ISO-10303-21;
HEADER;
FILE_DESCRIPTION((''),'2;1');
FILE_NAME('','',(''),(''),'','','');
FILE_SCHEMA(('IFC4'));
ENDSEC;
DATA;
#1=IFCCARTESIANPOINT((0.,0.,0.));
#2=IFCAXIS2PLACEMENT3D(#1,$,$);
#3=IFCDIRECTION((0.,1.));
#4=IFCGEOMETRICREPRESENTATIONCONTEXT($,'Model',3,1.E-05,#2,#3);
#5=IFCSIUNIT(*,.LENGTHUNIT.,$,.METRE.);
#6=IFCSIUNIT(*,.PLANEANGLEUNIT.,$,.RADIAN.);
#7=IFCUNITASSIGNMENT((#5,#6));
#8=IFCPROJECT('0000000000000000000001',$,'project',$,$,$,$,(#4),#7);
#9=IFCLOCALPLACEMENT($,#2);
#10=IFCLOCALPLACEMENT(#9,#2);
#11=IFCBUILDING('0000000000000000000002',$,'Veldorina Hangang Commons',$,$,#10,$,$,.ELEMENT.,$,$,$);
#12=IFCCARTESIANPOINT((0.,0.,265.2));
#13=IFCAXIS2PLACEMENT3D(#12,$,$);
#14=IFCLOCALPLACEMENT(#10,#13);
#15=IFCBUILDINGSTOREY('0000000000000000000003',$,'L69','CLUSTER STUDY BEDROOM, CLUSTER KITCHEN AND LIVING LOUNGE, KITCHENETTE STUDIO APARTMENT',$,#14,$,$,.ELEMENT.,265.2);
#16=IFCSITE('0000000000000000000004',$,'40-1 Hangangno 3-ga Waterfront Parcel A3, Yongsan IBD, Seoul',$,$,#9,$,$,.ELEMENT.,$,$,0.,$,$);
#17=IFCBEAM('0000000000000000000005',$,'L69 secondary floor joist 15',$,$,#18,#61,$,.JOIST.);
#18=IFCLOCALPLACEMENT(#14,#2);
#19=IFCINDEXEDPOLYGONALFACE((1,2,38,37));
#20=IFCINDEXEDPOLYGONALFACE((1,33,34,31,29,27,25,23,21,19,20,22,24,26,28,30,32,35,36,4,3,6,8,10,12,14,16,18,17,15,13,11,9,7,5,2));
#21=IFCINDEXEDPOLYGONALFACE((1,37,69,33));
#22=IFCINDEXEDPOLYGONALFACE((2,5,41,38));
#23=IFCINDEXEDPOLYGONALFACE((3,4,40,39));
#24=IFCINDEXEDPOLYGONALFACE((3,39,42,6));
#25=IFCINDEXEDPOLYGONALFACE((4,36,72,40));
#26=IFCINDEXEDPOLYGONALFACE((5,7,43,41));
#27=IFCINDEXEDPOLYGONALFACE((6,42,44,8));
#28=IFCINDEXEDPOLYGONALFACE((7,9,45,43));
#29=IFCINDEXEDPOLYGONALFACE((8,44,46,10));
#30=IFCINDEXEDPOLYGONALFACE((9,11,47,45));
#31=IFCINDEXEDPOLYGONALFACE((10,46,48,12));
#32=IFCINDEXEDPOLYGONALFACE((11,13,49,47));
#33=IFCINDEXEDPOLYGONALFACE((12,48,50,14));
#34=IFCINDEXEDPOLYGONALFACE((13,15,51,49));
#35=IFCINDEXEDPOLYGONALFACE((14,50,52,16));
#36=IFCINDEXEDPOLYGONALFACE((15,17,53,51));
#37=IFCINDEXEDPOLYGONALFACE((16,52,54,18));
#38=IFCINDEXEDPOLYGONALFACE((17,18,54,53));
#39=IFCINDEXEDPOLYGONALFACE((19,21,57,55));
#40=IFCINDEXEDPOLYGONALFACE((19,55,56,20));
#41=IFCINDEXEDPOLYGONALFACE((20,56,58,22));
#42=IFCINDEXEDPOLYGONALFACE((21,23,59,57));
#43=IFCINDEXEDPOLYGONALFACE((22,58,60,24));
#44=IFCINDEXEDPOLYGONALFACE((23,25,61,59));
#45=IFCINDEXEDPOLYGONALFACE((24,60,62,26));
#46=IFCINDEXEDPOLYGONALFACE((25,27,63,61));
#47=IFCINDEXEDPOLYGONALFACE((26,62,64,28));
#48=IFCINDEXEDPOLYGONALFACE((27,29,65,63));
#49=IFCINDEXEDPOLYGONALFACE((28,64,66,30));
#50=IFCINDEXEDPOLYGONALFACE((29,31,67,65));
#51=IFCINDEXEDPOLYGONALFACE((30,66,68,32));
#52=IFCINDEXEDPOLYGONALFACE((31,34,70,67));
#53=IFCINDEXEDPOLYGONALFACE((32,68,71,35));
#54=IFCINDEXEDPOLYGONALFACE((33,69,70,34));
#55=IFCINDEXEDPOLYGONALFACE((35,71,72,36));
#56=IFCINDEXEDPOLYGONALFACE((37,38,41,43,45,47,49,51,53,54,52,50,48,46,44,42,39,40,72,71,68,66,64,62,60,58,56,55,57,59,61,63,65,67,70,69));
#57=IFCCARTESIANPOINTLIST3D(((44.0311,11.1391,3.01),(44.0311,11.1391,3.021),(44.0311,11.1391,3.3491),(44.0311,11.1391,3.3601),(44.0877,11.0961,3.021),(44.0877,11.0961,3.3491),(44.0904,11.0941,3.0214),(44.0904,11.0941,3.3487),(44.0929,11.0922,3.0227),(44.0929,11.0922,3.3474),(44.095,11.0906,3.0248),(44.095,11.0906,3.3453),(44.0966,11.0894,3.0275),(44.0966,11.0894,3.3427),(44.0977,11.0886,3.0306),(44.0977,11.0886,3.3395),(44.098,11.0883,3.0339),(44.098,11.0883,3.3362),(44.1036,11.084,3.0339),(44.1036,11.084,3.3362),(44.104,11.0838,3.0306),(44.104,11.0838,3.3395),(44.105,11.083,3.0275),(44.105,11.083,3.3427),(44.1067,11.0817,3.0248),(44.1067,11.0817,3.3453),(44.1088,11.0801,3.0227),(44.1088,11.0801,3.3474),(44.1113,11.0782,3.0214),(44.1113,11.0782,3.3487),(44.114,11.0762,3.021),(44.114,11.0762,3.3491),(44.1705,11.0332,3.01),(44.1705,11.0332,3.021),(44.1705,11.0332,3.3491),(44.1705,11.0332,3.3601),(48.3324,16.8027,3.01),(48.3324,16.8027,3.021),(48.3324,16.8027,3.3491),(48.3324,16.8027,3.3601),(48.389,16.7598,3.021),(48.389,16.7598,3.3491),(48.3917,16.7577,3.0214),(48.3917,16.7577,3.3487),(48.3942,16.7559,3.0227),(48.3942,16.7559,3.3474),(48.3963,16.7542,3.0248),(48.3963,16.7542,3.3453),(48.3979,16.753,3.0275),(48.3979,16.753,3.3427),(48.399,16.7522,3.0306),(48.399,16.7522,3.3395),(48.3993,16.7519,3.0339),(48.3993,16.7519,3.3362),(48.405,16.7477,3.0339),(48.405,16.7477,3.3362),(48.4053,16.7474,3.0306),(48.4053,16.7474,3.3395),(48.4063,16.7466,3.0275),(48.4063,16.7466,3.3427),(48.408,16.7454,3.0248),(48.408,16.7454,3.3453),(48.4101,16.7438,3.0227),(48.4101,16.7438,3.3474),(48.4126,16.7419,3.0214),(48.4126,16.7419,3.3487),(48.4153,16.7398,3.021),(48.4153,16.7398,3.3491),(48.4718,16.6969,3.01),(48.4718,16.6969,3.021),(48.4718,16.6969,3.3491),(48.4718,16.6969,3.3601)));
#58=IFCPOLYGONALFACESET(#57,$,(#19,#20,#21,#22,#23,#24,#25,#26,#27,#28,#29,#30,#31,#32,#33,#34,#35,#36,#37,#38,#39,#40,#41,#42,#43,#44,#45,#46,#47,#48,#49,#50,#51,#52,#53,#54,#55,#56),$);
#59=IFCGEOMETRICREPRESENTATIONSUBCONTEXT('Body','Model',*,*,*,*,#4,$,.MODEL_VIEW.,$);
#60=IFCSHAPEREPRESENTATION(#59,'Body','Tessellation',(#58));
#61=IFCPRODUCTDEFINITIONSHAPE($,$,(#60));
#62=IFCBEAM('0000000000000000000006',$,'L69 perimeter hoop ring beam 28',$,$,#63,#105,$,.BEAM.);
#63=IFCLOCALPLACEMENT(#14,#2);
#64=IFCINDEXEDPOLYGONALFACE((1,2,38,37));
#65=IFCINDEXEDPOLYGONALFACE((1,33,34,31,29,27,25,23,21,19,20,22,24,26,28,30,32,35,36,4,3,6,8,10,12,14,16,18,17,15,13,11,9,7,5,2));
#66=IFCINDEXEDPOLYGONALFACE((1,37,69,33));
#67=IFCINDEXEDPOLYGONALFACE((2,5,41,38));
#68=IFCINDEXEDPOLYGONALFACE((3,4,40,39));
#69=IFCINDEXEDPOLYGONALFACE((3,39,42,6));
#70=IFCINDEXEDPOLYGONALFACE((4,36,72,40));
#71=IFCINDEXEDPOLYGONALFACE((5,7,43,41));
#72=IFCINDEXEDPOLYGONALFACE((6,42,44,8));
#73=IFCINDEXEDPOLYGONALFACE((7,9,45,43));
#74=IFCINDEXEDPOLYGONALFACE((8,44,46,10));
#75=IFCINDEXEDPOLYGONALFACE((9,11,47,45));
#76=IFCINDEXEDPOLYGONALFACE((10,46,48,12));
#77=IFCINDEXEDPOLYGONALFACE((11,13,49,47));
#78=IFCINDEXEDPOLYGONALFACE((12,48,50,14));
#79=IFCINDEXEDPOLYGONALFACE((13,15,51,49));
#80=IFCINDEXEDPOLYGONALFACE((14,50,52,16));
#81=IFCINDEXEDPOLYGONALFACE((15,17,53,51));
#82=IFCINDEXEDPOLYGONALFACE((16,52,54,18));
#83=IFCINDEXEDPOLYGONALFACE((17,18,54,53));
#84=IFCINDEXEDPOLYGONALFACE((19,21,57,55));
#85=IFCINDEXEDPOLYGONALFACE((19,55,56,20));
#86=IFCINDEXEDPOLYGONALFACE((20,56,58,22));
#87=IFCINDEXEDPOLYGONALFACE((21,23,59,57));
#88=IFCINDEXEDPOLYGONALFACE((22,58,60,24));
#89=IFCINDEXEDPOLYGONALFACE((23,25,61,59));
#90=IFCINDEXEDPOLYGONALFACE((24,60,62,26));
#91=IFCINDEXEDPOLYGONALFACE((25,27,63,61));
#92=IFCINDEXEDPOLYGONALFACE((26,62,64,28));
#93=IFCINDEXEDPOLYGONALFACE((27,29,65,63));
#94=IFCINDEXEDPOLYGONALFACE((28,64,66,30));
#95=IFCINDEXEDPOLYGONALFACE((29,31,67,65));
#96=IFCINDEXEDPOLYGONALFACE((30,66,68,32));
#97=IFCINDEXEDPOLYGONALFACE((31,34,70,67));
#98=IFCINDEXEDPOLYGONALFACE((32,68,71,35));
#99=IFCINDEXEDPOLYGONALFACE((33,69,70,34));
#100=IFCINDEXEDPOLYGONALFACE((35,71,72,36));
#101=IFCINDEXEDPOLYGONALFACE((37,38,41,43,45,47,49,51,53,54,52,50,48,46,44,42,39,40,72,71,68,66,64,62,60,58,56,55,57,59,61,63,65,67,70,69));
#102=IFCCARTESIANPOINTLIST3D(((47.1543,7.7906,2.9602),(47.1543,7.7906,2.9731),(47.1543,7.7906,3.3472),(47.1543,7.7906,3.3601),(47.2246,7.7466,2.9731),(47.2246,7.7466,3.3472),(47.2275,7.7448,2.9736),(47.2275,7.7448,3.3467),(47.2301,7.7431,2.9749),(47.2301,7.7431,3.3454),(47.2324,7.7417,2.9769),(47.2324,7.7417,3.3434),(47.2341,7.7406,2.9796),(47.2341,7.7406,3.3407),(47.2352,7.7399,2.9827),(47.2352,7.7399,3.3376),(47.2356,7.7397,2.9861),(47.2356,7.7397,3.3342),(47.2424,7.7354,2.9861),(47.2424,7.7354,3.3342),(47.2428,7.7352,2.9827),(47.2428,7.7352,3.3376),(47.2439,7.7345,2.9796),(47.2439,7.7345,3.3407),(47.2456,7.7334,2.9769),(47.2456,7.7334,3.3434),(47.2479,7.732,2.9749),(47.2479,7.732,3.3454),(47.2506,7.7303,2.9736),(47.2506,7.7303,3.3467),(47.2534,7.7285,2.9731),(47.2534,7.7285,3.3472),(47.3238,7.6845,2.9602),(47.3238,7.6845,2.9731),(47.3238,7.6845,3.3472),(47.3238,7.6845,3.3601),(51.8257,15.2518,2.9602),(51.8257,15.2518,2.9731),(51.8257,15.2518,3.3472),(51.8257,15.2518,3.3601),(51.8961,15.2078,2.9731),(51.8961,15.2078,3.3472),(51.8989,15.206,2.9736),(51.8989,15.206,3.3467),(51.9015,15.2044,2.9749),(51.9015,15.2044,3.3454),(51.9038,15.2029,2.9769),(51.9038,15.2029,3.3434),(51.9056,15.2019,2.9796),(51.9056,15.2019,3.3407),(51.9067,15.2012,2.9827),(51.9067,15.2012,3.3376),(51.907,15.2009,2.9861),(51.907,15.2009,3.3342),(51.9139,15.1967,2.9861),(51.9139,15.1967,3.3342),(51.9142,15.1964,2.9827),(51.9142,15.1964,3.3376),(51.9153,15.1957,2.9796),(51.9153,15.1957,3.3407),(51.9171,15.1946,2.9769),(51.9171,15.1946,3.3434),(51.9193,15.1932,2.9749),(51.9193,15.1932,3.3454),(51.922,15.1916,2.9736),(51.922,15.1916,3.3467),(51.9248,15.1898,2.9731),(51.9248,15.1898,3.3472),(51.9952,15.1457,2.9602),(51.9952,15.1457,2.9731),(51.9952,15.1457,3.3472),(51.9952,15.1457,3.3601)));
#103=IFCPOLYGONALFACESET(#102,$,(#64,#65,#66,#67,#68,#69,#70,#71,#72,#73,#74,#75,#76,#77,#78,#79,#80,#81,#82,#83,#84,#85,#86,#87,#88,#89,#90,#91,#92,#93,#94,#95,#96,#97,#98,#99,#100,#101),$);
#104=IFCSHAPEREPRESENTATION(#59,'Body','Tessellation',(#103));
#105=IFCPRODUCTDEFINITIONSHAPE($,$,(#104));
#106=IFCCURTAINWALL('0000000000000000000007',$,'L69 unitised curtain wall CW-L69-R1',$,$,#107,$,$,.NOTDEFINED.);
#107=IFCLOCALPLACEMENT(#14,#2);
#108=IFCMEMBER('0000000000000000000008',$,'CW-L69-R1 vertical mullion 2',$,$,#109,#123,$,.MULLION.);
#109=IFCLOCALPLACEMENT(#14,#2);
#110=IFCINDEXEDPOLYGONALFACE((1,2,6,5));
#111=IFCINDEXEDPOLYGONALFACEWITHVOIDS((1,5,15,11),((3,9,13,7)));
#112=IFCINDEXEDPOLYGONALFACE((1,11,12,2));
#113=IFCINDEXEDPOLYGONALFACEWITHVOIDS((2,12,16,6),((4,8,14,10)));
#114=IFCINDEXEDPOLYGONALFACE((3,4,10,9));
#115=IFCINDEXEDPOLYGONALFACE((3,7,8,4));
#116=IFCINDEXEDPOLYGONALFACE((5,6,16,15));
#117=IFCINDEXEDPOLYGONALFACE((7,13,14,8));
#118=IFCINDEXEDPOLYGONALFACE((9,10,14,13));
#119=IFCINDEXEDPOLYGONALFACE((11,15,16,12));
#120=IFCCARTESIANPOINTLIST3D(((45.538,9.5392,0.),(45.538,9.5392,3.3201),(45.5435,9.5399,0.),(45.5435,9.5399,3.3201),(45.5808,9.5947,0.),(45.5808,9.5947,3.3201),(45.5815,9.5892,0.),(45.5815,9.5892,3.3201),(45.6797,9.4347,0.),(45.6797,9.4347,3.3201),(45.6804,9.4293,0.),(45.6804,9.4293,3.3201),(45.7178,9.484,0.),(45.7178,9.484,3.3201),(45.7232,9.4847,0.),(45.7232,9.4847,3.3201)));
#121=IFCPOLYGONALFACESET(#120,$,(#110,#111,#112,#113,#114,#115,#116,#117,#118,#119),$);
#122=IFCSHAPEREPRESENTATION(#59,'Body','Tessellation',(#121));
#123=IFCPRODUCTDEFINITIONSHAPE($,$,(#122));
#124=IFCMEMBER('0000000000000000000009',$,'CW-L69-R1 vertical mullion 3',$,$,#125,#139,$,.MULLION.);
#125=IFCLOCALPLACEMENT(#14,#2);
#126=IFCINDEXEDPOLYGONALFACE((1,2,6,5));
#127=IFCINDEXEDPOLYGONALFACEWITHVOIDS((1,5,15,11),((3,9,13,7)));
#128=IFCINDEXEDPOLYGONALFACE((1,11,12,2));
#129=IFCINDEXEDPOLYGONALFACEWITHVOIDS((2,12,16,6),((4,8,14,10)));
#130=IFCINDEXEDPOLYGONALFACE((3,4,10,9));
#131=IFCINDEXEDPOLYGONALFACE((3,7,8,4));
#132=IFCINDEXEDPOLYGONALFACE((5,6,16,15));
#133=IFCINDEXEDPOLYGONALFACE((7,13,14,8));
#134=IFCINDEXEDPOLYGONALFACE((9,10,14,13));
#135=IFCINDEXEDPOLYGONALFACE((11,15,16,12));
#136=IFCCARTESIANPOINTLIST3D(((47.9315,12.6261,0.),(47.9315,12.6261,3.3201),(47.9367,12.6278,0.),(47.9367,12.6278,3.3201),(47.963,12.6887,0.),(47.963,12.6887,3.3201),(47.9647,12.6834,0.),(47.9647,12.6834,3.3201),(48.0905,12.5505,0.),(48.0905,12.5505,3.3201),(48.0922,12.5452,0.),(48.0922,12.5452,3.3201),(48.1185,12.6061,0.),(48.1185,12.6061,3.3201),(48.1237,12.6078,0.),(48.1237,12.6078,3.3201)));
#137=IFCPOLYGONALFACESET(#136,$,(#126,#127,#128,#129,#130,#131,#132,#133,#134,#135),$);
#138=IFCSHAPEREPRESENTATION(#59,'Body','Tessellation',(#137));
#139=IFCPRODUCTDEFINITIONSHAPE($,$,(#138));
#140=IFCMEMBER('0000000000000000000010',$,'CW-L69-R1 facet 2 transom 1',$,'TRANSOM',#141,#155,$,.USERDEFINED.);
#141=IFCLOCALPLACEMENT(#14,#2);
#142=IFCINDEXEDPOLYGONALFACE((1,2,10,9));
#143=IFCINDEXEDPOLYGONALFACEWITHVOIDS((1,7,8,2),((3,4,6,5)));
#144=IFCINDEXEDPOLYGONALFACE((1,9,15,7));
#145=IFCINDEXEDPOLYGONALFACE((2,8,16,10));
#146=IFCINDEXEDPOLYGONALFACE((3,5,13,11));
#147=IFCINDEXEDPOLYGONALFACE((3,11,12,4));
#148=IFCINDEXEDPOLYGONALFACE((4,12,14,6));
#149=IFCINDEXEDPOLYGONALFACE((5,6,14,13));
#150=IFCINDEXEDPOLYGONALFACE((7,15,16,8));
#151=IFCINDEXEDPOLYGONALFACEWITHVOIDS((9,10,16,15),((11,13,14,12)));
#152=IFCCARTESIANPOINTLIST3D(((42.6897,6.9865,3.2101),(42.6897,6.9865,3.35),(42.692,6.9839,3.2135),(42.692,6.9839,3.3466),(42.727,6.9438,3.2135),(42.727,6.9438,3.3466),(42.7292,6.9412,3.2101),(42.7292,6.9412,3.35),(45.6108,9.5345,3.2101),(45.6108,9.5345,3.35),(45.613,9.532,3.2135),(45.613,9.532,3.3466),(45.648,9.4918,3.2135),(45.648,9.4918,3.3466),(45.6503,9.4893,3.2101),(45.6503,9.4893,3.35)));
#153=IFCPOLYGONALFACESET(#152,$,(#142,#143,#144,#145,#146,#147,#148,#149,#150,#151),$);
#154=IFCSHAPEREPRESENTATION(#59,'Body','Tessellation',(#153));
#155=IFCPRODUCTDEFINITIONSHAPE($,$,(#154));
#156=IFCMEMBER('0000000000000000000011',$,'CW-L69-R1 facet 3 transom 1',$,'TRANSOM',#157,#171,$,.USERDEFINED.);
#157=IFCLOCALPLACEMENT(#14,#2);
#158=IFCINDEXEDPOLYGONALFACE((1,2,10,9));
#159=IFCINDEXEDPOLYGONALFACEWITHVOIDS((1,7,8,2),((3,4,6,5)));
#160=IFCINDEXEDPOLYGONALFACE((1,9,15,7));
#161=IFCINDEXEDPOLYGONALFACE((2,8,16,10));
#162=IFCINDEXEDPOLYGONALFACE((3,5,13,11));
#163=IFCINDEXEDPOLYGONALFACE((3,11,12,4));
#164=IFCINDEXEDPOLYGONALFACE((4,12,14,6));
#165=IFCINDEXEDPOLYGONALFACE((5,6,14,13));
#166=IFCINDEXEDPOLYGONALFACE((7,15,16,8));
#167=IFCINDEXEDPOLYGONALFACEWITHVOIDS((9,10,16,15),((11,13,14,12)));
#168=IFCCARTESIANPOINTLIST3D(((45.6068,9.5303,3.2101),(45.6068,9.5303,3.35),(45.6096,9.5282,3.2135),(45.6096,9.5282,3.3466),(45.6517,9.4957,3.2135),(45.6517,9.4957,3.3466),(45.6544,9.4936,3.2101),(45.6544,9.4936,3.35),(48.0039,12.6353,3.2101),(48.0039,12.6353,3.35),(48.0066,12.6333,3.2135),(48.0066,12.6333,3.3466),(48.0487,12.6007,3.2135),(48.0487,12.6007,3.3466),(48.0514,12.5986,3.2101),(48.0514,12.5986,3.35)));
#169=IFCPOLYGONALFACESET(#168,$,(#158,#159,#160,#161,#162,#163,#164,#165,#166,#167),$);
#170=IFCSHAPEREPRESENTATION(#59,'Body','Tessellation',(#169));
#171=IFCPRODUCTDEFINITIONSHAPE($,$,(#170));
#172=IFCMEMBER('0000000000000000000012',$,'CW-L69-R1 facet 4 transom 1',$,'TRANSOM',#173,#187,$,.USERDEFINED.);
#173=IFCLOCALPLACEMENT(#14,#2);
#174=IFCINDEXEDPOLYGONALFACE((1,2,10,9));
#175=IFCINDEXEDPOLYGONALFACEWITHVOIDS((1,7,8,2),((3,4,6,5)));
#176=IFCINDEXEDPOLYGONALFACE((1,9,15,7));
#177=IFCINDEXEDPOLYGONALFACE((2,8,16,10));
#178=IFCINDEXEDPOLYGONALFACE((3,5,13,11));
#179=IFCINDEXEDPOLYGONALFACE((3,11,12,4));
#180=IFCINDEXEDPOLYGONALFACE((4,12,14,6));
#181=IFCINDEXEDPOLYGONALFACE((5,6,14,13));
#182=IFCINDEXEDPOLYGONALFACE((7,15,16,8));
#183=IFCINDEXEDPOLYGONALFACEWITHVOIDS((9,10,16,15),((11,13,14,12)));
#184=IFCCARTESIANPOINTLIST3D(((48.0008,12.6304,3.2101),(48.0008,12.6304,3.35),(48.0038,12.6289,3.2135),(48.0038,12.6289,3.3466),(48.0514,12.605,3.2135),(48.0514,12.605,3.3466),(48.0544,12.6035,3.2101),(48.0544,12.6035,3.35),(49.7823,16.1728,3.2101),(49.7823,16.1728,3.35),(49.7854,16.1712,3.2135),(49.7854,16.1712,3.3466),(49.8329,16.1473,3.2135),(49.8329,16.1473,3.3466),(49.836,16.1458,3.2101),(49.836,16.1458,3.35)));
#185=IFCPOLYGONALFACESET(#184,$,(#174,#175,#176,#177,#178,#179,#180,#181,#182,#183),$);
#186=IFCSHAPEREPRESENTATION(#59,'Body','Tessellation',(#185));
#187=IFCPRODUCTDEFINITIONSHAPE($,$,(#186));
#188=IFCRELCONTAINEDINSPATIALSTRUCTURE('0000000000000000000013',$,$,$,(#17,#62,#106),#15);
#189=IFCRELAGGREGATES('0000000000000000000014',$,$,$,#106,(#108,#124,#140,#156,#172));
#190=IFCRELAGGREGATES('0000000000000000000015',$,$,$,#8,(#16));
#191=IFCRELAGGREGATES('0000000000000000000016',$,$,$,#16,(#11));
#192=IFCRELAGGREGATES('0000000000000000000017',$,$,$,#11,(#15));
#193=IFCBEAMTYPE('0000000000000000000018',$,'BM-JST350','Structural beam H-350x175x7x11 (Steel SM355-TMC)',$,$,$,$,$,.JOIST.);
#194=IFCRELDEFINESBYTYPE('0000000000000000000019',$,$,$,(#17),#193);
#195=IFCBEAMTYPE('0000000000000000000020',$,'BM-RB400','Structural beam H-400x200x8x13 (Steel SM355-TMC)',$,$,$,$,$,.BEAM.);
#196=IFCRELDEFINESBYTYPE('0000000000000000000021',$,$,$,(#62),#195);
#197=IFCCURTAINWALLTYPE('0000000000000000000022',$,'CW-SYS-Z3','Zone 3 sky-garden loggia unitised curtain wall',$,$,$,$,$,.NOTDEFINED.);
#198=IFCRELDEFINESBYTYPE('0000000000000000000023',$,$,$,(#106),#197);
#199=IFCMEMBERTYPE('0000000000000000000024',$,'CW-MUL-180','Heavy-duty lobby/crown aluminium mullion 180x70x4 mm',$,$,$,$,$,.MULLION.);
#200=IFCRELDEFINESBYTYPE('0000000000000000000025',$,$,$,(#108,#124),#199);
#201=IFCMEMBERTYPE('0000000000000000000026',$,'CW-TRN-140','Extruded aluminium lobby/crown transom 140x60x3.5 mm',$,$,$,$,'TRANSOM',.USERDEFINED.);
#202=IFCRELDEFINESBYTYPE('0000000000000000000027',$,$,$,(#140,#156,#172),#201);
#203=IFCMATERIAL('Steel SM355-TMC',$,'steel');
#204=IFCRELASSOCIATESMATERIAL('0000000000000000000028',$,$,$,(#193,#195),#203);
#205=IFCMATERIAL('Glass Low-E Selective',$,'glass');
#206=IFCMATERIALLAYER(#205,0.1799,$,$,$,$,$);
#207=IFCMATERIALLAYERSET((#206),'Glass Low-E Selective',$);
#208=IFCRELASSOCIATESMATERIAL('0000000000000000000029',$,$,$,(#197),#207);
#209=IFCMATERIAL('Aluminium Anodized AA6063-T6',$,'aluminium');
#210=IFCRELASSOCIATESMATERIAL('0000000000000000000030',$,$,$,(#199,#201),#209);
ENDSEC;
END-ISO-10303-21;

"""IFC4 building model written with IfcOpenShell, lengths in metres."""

from ifc_helpers import new_model, si_unit, direction, frame, origin, origin_2d, place, context, subcontext, project, spatial, hollow_rectangle, i_section, extrude, material, layer, layer_set, material_profile, profile_set, type_object, element, aggregate, save


model = new_model("IFC4")

# Units and contexts
model_context = context("Model", 3, precision=1e-05, world=origin(), true_north=direction((0.0, 1.0)))
body_context = subcontext(model_context, "Body", "Model", "MODEL_VIEW")
ifc_project = project(units=[si_unit("LENGTHUNIT", "METRE"), si_unit("PLANEANGLEUNIT", "RADIAN")], contexts=[model_context])

# Site, building, storey
site_placement = place(None, origin())
site = spatial("IfcSite", under=ifc_project, at=site_placement, Name="40-1 Hangangno 3-ga Waterfront Parcel A3, Yongsan IBD, Seoul", CompositionType="ELEMENT", RefElevation=0.0)
building_placement = place(site_placement, origin())
building = spatial("IfcBuilding", under=site, at=building_placement, Name="Veldorina Hangang Commons", CompositionType="ELEMENT")
storey_placement = place(building_placement, frame((0.0, 0.0, 265.2)))
storey = spatial("IfcBuildingStorey", under=building, at=storey_placement, Name="L69", Description="CLUSTER STUDY BEDROOM, CLUSTER KITCHEN AND LIVING LOUNGE, KITCHENETTE STUDIO APARTMENT", CompositionType="ELEMENT", Elevation=265.2)

# Beams
ifc_material_1 = material(Name="Steel SM355-TMC", Category="steel")
ifc_material_profile_1 = material_profile(ifc_material_1, i_section(OverallWidth=0.175, OverallDepth=0.3501, WebThickness=0.0071, FlangeThickness=0.011, FilletRadius=0.0129, at=origin_2d()), Name="H-350x175x7x11")
ifc_profile_set_1 = profile_set([ifc_material_profile_1], Name="Steel SM355-TMC")
beam_type_1 = type_object("IfcBeamType", Name="BM-JST350", Description="Structural beam H-350x175x7x11 (Steel SM355-TMC)", PredefinedType="JOIST", material=ifc_profile_set_1)
beam_1_placement = place(storey_placement, frame((44.1008, 11.0862, 3.1851), z_axis=(0.604812, 0.796369, 0.0), x_axis=(-0.796369, 0.604812, 0.0)))
element("IfcBeam", 1, at=beam_1_placement, inside=storey, type_object=beam_type_1, Name="L69 secondary floor joist 15", PredefinedType="JOIST", context=body_context, shape_type="SweptSolid", body=[
    extrude(i_section(OverallWidth=0.175, OverallDepth=0.3501, WebThickness=0.0071, FlangeThickness=0.011, FilletRadius=0.0129, at=origin_2d()), origin(), (0.0, 0.0, 1.0), 7.1118),
])
ifc_material_profile_2 = material_profile(ifc_material_1, i_section(OverallWidth=0.2, OverallDepth=0.3999, WebThickness=0.0081, FlangeThickness=0.0129, FilletRadius=0.0129, at=origin_2d()), Name="H-400x200x8x13")
ifc_profile_set_2 = profile_set([ifc_material_profile_2], Name="Steel SM355-TMC")
beam_type_2 = type_object("IfcBeamType", Name="BM-RB400", Description="Structural beam H-400x200x8x13 (Steel SM355-TMC)", PredefinedType="BEAM", material=ifc_profile_set_2)
beam_2_placement = place(storey_placement, frame((47.239, 7.7375, 3.1602), z_axis=(0.530664, 0.847582, 0.0), x_axis=(-0.847582, 0.530664, 0.0)))
element("IfcBeam", 2, at=beam_2_placement, inside=storey, type_object=beam_type_2, Name="L69 perimeter hoop ring beam 28", PredefinedType="BEAM", context=body_context, shape_type="SweptSolid", body=[
    extrude(i_section(OverallWidth=0.2, OverallDepth=0.3999, WebThickness=0.0081, FlangeThickness=0.0129, FilletRadius=0.0129, at=origin_2d()), origin(), (0.0, 0.0, 1.0), 8.803),
])

# Curtain wall, members
ifc_material_2 = material(Name="Glass Low-E Selective", Category="glass")
ifc_layer_1 = layer(ifc_material_2, 0.1799)
ifc_layer_set_1 = layer_set([ifc_layer_1], Name="Glass Low-E Selective")
curtain_wall_type = type_object("IfcCurtainWallType", Name="CW-SYS-Z3", Description="Zone 3 sky-garden loggia unitised curtain wall", PredefinedType="NOTDEFINED", material=ifc_layer_set_1)
curtain_wall_placement = place(storey_placement, origin())
curtain_wall = element("IfcCurtainWall", 3, at=curtain_wall_placement, inside=storey, type_object=curtain_wall_type, Name="L69 unitised curtain wall CW-L69-R1", PredefinedType="NOTDEFINED")
ifc_material_3 = material(Name="Aluminium Anodized AA6063-T6", Category="aluminium")
ifc_material_profile_3 = material_profile(ifc_material_3, hollow_rectangle(XDim=0.0701, YDim=0.1799, WallThickness=0.0039, at=origin_2d()), Name="ALU-RHS-180x70x4")
ifc_profile_set_3 = profile_set([ifc_material_profile_3], Name="Aluminium Anodized AA6063-T6")
member_type_1 = type_object("IfcMemberType", Name="CW-MUL-180", Description="Heavy-duty lobby/crown aluminium mullion 180x70x4 mm", PredefinedType="MULLION", material=ifc_profile_set_3)
member_1_placement = place(storey_placement, frame((45.6306, 9.512, 0.0), z_axis=(0.0, 0.0, 1.0), x_axis=(0.611126, 0.791533, 0.0)))
member_1 = element("IfcMember", 4, at=member_1_placement, type_object=member_type_1, Name="CW-L69-R1 vertical mullion 2", PredefinedType="MULLION", context=body_context, shape_type="SweptSolid", body=[
    extrude(hollow_rectangle(XDim=0.0701, YDim=0.1799, WallThickness=0.0039, at=origin_2d()), origin(), (0.0, 0.0, 1.0), 3.3201),
])
member_2_placement = place(storey_placement, frame((48.0276, 12.6169, 0.0), z_axis=(0.0, 0.0, 1.0), x_axis=(0.449288, 0.893387, 0.0)))
member_2 = element("IfcMember", 5, at=member_2_placement, type_object=member_type_1, Name="CW-L69-R1 vertical mullion 3", PredefinedType="MULLION", context=body_context, shape_type="SweptSolid", body=[
    extrude(hollow_rectangle(XDim=0.0701, YDim=0.1799, WallThickness=0.0039, at=origin_2d()), origin(), (0.0, 0.0, 1.0), 3.3201),
])
ifc_material_profile_4 = material_profile(ifc_material_3, hollow_rectangle(XDim=0.0601, YDim=0.1399, WallThickness=0.0034, at=origin_2d()), Name="ALU-RHS-140x60x3.5")
ifc_profile_set_4 = profile_set([ifc_material_profile_4], Name="Aluminium Anodized AA6063-T6")
member_type_2 = type_object("IfcMemberType", Name="CW-TRN-140", Description="Extruded aluminium lobby/crown transom 140x60x3.5 mm", ElementType="TRANSOM", PredefinedType="USERDEFINED", material=ifc_profile_set_4)
member_3_placement = place(storey_placement, frame((42.7095, 6.9639, 3.28), z_axis=(0.753586, 0.657349, 0.0), x_axis=(-0.657349, 0.753586, 0.0)))
member_3 = element("IfcMember", 6, at=member_3_placement, type_object=member_type_2, Name="CW-L69-R1 facet 2 transom 1", ObjectType="TRANSOM", PredefinedType="USERDEFINED", context=body_context, shape_type="SweptSolid", body=[
    extrude(hollow_rectangle(XDim=0.0601, YDim=0.1399, WallThickness=0.0034, at=origin_2d()), origin(), (0.0, 0.0, 1.0), 3.8762),
])
member_4_placement = place(storey_placement, frame((45.6306, 9.512, 3.28), z_axis=(0.611075, 0.791572, 0.0), x_axis=(-0.791572, 0.611075, 0.0)))
member_4 = element("IfcMember", 7, at=member_4_placement, type_object=member_type_2, Name="CW-L69-R1 facet 3 transom 1", ObjectType="TRANSOM", PredefinedType="USERDEFINED", context=body_context, shape_type="SweptSolid", body=[
    extrude(hollow_rectangle(XDim=0.0601, YDim=0.1399, WallThickness=0.0034, at=origin_2d()), origin(), (0.0, 0.0, 1.0), 3.9226),
])
member_5_placement = place(storey_placement, frame((48.0276, 12.6169, 3.28), z_axis=(0.449306, 0.893378, 0.0), x_axis=(-0.893378, 0.449306, 0.0)))
member_5 = element("IfcMember", 8, at=member_5_placement, type_object=member_type_2, Name="CW-L69-R1 facet 4 transom 1", ObjectType="TRANSOM", PredefinedType="USERDEFINED", context=body_context, shape_type="SweptSolid", body=[
    extrude(hollow_rectangle(XDim=0.0601, YDim=0.1399, WallThickness=0.0034, at=origin_2d()), origin(), (0.0, 0.0, 1.0), 3.9651),
])

aggregate(curtain_wall, [member_1, member_2, member_3, member_4, member_5])

save(model, "model.ifc")
